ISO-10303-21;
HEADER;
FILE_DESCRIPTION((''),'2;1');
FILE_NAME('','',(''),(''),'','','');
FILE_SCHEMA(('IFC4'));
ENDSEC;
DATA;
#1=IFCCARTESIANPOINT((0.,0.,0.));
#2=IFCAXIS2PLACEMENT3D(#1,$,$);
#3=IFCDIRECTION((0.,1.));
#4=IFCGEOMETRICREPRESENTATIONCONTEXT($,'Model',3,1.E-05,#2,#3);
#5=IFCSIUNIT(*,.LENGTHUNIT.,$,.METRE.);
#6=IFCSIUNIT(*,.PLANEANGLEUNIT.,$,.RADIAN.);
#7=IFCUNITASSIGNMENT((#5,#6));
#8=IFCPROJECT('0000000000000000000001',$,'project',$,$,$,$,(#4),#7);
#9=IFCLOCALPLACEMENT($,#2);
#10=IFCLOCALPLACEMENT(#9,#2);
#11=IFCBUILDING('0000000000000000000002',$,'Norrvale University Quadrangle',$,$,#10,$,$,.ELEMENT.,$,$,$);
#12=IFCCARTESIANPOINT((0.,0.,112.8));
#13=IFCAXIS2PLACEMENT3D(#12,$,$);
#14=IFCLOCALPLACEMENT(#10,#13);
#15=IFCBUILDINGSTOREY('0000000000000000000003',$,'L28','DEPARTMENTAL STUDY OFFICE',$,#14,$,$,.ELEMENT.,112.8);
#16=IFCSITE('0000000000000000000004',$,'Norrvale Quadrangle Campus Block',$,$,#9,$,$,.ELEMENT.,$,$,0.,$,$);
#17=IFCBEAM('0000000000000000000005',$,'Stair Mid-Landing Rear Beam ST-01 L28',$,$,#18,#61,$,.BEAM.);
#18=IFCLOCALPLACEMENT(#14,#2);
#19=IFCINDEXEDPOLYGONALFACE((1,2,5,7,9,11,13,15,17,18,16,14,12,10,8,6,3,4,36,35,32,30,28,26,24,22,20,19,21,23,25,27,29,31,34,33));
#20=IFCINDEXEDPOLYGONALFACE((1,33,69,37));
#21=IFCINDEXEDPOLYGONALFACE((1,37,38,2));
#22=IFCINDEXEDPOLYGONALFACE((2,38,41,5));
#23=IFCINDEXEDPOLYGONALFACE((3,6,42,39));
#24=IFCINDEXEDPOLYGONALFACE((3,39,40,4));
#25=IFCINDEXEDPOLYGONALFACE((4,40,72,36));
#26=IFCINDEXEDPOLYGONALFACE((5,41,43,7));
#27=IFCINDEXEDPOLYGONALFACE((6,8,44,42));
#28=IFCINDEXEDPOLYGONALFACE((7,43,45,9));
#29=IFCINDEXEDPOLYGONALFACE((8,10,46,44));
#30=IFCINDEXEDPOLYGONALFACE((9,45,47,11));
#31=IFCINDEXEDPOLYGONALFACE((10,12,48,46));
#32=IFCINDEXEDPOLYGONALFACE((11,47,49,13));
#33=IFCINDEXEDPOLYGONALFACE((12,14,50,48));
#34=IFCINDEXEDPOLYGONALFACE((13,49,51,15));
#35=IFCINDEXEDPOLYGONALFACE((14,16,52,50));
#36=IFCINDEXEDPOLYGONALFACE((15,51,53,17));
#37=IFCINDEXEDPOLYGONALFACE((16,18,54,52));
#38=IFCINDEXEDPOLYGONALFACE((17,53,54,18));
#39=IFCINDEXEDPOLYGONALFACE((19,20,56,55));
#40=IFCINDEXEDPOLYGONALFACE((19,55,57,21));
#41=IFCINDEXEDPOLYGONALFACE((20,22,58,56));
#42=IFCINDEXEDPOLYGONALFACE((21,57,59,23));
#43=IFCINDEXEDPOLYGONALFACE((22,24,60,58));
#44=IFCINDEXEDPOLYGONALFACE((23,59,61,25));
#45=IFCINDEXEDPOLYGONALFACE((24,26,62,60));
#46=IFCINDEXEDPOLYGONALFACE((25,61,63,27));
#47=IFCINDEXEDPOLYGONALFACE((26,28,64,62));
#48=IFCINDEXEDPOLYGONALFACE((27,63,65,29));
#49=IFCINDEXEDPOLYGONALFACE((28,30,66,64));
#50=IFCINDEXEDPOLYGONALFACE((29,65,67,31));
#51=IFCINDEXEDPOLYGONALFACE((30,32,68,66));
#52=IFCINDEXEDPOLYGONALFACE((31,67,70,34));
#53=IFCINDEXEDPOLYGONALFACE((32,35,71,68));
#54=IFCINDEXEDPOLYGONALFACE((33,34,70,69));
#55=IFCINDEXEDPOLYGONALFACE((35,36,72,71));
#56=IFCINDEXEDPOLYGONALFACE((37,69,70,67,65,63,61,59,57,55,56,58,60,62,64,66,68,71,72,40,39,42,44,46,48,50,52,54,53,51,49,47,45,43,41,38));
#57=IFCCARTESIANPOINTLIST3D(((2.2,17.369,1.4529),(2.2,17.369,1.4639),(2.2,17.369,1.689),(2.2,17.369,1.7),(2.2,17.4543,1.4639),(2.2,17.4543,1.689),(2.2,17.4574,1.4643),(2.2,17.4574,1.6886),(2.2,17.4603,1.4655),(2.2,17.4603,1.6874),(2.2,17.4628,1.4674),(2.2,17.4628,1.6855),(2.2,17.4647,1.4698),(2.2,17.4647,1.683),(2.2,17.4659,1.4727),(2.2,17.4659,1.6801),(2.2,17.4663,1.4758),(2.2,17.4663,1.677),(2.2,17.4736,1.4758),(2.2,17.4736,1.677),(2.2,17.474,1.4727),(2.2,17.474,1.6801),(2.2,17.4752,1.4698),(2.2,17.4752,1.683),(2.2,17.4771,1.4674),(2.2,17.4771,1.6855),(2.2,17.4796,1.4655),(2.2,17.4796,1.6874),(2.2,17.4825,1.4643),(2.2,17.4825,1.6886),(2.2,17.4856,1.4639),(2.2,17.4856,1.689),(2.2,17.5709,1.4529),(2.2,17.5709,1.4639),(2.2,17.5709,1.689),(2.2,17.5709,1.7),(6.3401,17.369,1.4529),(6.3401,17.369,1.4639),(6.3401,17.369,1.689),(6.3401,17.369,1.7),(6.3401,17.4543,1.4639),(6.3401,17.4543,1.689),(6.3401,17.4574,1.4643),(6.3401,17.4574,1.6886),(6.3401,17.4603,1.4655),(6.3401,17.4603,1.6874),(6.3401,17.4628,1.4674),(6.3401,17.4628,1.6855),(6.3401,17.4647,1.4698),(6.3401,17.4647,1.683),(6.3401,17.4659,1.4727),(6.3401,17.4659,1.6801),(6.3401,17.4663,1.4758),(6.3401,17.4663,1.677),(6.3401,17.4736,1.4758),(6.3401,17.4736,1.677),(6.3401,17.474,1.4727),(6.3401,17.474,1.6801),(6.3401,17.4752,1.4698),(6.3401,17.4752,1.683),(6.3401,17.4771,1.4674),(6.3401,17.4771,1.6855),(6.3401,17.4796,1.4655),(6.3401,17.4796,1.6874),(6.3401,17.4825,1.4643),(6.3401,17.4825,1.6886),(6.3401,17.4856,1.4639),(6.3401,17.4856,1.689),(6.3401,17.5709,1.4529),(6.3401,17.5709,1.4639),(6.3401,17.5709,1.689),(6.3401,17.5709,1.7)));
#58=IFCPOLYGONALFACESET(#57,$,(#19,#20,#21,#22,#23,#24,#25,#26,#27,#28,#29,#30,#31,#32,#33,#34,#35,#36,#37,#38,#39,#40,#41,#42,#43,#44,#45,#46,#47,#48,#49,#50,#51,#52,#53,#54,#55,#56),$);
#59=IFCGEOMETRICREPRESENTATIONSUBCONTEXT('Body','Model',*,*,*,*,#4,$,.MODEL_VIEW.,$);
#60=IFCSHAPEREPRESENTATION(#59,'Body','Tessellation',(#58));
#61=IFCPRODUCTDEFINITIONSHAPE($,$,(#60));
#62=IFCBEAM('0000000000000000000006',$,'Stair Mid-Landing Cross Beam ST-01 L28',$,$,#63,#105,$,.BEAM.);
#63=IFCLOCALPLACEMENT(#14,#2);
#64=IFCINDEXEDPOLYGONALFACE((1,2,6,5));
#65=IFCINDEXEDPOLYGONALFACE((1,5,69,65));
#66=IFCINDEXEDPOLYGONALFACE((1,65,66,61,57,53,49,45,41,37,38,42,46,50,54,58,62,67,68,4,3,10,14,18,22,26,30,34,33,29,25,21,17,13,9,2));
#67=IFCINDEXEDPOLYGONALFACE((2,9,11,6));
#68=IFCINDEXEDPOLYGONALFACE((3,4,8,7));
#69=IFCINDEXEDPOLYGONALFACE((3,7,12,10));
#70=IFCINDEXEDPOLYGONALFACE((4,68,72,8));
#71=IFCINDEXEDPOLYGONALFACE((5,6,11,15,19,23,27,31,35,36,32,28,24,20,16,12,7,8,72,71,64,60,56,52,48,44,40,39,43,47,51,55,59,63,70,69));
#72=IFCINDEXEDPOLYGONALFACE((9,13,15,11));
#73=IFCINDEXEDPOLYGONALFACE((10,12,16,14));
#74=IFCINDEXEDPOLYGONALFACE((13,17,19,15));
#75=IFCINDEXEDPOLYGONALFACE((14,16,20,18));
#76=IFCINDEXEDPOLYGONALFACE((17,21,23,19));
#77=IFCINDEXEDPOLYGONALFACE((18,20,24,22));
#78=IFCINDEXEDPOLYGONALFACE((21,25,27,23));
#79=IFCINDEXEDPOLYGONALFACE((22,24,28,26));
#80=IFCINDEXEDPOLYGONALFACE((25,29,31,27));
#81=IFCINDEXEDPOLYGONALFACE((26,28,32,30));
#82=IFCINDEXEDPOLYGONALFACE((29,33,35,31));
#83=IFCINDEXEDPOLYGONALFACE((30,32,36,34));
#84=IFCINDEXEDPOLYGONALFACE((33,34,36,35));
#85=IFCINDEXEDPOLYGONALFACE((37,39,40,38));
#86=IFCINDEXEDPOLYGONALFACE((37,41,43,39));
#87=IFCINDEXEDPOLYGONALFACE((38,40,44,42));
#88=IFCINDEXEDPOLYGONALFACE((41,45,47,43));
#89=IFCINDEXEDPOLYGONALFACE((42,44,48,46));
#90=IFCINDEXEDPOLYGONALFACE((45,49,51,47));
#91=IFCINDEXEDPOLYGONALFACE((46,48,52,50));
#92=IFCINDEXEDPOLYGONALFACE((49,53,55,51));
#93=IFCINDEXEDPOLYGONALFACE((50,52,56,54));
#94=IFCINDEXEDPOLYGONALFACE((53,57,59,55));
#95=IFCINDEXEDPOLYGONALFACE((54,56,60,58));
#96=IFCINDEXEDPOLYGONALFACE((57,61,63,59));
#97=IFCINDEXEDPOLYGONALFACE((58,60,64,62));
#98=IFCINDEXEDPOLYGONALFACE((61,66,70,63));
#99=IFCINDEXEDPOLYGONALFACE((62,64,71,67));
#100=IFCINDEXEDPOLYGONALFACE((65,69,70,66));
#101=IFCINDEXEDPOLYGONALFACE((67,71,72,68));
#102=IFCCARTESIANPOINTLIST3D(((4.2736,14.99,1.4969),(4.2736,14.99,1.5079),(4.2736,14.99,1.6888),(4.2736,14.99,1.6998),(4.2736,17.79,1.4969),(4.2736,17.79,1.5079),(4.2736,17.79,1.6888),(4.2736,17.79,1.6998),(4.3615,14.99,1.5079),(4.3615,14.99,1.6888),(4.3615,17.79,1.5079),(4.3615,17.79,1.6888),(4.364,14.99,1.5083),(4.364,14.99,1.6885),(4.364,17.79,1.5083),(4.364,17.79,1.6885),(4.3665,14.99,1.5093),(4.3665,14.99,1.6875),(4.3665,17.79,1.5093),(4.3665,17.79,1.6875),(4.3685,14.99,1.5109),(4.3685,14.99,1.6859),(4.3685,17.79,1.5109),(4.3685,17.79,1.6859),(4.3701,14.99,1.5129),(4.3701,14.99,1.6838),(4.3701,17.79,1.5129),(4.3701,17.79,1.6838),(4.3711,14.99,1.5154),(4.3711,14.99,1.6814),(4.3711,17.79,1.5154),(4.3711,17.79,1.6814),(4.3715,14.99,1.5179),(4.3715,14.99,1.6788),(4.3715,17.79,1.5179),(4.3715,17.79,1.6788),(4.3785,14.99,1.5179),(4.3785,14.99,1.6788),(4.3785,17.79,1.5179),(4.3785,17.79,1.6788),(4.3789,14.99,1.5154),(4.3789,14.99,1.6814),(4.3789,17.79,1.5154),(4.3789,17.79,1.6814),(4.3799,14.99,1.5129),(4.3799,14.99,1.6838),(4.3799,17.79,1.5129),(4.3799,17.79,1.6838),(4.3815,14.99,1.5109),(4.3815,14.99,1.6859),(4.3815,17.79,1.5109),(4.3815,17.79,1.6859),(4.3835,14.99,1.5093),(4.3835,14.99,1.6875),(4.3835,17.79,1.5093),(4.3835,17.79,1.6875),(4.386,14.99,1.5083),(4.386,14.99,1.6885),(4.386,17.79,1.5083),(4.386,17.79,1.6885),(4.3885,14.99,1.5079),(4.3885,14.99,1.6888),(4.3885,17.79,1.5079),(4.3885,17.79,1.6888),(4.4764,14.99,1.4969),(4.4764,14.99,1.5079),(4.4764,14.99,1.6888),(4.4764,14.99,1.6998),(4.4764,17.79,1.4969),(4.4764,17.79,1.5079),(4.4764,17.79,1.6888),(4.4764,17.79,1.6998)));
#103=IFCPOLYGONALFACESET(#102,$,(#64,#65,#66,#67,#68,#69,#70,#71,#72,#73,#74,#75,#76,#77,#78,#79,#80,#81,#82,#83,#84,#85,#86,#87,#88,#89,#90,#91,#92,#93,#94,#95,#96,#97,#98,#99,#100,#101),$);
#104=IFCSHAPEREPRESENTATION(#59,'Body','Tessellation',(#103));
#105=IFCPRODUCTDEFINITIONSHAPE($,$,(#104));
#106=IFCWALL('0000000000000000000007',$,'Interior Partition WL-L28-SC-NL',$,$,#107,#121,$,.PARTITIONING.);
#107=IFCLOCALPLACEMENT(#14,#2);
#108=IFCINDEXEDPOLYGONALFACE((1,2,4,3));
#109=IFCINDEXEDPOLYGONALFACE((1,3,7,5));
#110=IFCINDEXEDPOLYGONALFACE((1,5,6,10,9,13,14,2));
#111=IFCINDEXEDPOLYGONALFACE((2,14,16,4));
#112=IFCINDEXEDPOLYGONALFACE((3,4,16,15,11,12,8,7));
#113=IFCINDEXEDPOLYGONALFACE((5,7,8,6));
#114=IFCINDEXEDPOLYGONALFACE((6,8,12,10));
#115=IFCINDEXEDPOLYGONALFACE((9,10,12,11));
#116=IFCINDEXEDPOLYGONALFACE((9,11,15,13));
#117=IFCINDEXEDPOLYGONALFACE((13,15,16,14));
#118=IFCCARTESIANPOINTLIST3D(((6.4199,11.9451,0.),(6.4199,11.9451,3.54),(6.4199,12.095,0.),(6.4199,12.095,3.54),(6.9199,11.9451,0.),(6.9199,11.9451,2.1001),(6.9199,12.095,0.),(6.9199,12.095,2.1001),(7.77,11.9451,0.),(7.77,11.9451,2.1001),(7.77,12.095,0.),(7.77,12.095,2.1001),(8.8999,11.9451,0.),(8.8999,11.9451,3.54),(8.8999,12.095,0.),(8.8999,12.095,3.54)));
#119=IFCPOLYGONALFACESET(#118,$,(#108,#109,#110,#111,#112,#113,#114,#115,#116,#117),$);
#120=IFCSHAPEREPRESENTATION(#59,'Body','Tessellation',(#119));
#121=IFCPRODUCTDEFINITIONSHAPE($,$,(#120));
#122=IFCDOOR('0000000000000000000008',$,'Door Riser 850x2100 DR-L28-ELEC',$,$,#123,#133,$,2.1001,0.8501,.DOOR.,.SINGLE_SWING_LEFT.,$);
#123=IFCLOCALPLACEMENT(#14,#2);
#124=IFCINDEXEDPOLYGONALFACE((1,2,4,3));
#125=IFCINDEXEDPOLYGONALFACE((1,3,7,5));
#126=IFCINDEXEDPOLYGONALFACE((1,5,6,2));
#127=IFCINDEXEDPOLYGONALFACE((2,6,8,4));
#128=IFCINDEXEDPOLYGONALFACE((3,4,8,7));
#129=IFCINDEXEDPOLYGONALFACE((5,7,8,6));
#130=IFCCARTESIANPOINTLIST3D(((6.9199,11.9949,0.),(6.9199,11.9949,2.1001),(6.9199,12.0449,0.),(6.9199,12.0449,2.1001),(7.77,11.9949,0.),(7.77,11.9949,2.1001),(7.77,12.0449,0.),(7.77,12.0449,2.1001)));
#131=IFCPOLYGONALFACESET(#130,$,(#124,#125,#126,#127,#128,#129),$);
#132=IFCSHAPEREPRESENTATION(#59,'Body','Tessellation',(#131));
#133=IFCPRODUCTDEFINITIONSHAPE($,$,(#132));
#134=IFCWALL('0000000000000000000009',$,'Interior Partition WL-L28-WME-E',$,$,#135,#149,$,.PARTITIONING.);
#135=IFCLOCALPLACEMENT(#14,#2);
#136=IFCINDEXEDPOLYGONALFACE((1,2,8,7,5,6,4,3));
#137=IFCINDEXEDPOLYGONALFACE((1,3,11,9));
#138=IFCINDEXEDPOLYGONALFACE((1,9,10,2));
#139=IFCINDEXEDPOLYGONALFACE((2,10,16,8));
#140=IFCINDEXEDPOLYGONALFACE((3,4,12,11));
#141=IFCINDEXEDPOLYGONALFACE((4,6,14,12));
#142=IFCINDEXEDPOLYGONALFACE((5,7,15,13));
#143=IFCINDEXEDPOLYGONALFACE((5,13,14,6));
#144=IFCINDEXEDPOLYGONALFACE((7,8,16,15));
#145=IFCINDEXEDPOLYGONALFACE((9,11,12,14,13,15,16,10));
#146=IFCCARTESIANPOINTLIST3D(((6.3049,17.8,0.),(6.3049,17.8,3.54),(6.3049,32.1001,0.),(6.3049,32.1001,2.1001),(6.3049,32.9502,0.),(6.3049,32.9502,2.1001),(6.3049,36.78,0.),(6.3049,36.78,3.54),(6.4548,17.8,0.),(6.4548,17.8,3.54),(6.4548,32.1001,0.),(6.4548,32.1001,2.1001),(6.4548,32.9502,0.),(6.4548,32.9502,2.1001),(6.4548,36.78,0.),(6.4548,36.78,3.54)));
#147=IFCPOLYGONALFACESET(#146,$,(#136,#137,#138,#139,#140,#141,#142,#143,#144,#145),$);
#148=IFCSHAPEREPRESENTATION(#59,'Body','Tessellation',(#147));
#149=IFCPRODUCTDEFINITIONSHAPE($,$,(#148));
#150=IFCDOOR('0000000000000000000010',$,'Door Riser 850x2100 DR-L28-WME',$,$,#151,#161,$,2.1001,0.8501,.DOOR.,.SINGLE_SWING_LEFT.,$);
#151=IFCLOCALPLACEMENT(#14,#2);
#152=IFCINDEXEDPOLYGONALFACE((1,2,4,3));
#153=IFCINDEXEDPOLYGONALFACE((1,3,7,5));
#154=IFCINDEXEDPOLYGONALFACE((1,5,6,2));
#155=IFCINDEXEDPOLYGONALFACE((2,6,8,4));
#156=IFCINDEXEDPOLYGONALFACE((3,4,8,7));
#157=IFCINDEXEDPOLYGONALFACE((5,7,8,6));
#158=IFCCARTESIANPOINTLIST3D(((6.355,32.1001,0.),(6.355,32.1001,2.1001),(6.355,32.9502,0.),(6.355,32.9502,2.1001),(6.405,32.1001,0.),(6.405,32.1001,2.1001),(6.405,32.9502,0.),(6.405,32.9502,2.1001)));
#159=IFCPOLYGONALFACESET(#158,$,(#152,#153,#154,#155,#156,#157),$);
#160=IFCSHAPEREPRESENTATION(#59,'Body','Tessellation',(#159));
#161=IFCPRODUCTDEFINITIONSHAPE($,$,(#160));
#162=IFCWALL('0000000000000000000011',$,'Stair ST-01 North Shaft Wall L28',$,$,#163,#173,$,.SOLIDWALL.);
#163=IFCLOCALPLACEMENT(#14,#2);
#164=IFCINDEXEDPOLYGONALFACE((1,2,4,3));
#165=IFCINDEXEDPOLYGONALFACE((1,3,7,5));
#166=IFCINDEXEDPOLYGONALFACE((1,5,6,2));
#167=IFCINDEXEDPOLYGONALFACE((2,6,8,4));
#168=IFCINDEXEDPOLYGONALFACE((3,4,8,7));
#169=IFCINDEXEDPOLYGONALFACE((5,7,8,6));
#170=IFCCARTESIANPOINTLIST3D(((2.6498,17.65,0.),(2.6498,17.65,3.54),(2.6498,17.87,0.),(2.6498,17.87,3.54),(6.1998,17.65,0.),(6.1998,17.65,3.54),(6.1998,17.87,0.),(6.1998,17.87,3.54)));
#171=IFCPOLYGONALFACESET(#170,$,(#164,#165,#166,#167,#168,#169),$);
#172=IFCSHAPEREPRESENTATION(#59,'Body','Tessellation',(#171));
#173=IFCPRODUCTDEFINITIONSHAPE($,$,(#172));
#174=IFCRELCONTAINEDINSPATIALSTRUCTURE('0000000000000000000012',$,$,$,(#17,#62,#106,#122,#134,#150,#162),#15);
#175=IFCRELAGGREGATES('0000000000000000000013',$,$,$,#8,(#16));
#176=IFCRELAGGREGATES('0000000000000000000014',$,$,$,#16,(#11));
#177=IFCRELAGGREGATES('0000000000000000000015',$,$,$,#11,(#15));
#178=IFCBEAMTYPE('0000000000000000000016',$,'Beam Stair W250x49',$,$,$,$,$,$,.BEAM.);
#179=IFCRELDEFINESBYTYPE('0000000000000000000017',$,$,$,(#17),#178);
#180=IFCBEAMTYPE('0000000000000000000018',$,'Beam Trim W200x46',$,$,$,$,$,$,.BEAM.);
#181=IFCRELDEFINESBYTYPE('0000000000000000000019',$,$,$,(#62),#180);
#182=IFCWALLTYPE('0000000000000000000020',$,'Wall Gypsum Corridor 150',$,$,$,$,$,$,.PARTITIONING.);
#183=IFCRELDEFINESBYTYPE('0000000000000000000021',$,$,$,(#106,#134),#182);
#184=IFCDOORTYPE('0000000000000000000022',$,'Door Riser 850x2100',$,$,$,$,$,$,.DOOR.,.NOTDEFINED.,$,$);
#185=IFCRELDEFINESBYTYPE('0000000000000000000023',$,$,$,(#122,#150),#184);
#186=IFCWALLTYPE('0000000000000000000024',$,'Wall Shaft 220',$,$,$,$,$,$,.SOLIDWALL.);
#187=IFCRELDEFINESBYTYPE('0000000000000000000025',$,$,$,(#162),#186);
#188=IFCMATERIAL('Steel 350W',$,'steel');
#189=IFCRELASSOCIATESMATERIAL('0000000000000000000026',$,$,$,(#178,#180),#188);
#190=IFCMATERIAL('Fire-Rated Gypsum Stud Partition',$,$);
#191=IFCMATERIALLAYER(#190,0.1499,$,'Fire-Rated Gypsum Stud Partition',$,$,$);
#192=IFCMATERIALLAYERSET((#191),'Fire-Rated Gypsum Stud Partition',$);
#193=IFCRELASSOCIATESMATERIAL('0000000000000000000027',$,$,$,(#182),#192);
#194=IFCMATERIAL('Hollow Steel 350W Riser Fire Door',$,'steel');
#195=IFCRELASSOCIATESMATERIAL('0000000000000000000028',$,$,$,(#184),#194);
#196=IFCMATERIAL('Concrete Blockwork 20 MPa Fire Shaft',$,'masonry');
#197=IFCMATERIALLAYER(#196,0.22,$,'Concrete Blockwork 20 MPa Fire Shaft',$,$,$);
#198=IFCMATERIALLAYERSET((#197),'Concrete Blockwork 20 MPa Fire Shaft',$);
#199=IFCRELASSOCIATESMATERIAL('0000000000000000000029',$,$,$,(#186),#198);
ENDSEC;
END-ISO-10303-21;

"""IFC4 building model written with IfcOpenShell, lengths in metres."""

from ifc_helpers import new_model, si_unit, direction, frame, frame_2d, origin, origin_2d, place, context, subcontext, project, spatial, rectangle, i_section, extrude, material, layer, layer_set, material_profile, profile_set, type_object, element, fill, save


model = new_model("IFC4")

# Units and contexts
model_context = context("Model", 3, precision=1e-05, world=origin(), true_north=direction((0.0, 1.0)))
body_context = subcontext(model_context, "Body", "Model", "MODEL_VIEW")
ifc_project = project(units=[si_unit("LENGTHUNIT", "METRE"), si_unit("PLANEANGLEUNIT", "RADIAN")], contexts=[model_context])

# Site, building, storey
site_placement = place(None, origin())
site = spatial("IfcSite", under=ifc_project, at=site_placement, Name="Norrvale Quadrangle Campus Block", CompositionType="ELEMENT", RefElevation=0.0)
building_placement = place(site_placement, origin())
building = spatial("IfcBuilding", under=site, at=building_placement, Name="Norrvale University Quadrangle", CompositionType="ELEMENT")
storey_placement = place(building_placement, frame((0.0, 0.0, 112.8)))
storey = spatial("IfcBuildingStorey", under=building, at=storey_placement, Name="L28", Description="DEPARTMENTAL STUDY OFFICE", CompositionType="ELEMENT", Elevation=112.8)

# Beams
ifc_material_1 = material(Name="Steel 350W", Category="steel")
ifc_material_profile_1 = material_profile(ifc_material_1, i_section(OverallWidth=0.2019, OverallDepth=0.2471, WebThickness=0.0073, FlangeThickness=0.011, FilletRadius=0.012, at=origin_2d()), Name="Steel 350W")
ifc_profile_set_1 = profile_set([ifc_material_profile_1], Name="Steel 350W")
beam_type_1 = type_object("IfcBeamType", Name="Beam Stair W250x49", PredefinedType="BEAM", material=ifc_profile_set_1)
for number, where, z_axis, x_axis, name in (
    (1, (2.2, 17.47, 1.5764), (1.0, 0.0, 0.0), (0.0, 1.0, 0.0), "Stair Mid-Landing Rear Beam ST-01 L28"),
):
    element("IfcBeam", number, at=place(storey_placement, frame(where, z_axis=z_axis, x_axis=x_axis)), inside=storey, type_object=beam_type_1, Name=name, PredefinedType="BEAM", context=body_context, shape_type="SweptSolid", body=[
        extrude(i_section(OverallWidth=0.2019, OverallDepth=0.2471, WebThickness=0.0073, FlangeThickness=0.011, FilletRadius=0.012, at=origin_2d()), origin(), (0.0, 0.0, 1.0), 4.1401),
    ])
ifc_material_profile_2 = material_profile(ifc_material_1, i_section(OverallWidth=0.2029, OverallDepth=0.2029, WebThickness=0.0071, FlangeThickness=0.011, FilletRadius=0.01, at=origin_2d()), Name="Steel 350W")
ifc_profile_set_2 = profile_set([ifc_material_profile_2], Name="Steel 350W")
beam_type_2 = type_object("IfcBeamType", Name="Beam Trim W200x46", PredefinedType="BEAM", material=ifc_profile_set_2)
beam_1_placement = place(storey_placement, frame((4.375, 14.99, 1.5984), z_axis=(0.0, 1.0, 0.0), x_axis=(-1.0, 0.0, 0.0)))
element("IfcBeam", 2, at=beam_1_placement, inside=storey, type_object=beam_type_2, Name="Stair Mid-Landing Cross Beam ST-01 L28", PredefinedType="BEAM", context=body_context, shape_type="SweptSolid", body=[
    extrude(i_section(OverallWidth=0.2029, OverallDepth=0.2029, WebThickness=0.0071, FlangeThickness=0.011, FilletRadius=0.01, at=origin_2d()), origin(), (0.0, 0.0, 1.0), 2.8),
])

# Walls, openings, doors
ifc_material_2 = material(Name="Fire-Rated Gypsum Stud Partition")
ifc_layer_1 = layer(ifc_material_2, 0.1499, Name="Fire-Rated Gypsum Stud Partition")
ifc_layer_set_1 = layer_set([ifc_layer_1], Name="Fire-Rated Gypsum Stud Partition")
wall_type_1 = type_object("IfcWallType", Name="Wall Gypsum Corridor 150", PredefinedType="PARTITIONING", material=ifc_layer_set_1)
wall_1_placement = place(storey_placement, frame((6.4199, 12.02, 0.0), z_axis=(0.0, 0.0, 1.0), x_axis=(1.0, 0.0, 0.0)))
wall_1 = element("IfcWall", 3, at=wall_1_placement, inside=storey, type_object=wall_type_1, Name="Interior Partition WL-L28-SC-NL", PredefinedType="PARTITIONING", context=body_context, shape_type="SweptSolid", body=[
    extrude(rectangle(XDim=2.48, YDim=0.1499, at=frame_2d((1.24, 0.0))), origin(), (0.0, 0.0, 1.0), 3.54),
])
opening_1_placement = place(wall_1_placement, frame((0.5, 0.0, 0.0)))
opening_1 = element("IfcOpeningElement", 4, at=opening_1_placement, cuts=wall_1, PredefinedType="OPENING", context=body_context, shape_type="SweptSolid", body=[
    extrude(rectangle(XDim=0.8501, YDim=2.1001, at=frame_2d((0.425, 1.05))), frame((0.0, 0.0869, 0.0), z_axis=(0.0, -1.0, 0.0), x_axis=(1.0, 0.0, 0.0)), (0.0, 0.0, 1.0), 0.1738),
])
ifc_material_3 = material(Name="Hollow Steel 350W Riser Fire Door", Category="steel")
door_type = type_object("IfcDoorType", Name="Door Riser 850x2100", OperationType="NOTDEFINED", PredefinedType="DOOR", material=ifc_material_3)
door_1_placement = place(opening_1_placement, origin())
door_1 = element("IfcDoor", 5, at=door_1_placement, inside=storey, type_object=door_type, Name="Door Riser 850x2100 DR-L28-ELEC", OperationType="SINGLE_SWING_LEFT", OverallHeight=2.1001, OverallWidth=0.8501, PredefinedType="DOOR", context=body_context, shape_type="SweptSolid", body=[
    extrude(rectangle(XDim=0.8501, YDim=2.1001, at=frame_2d((0.425, 1.05))), frame((0.0, 0.0249, 0.0), z_axis=(0.0, -1.0, 0.0), x_axis=(1.0, 0.0, 0.0)), (0.0, 0.0, 1.0), 0.05),
])
fill(opening_1, door_1)
wall_2_placement = place(storey_placement, frame((6.3799, 17.8, 0.0), z_axis=(0.0, 0.0, 1.0), x_axis=(0.0, 1.0, 0.0)))
wall_2 = element("IfcWall", 6, at=wall_2_placement, inside=storey, type_object=wall_type_1, Name="Interior Partition WL-L28-WME-E", PredefinedType="PARTITIONING", context=body_context, shape_type="SweptSolid", body=[
    extrude(rectangle(XDim=18.98, YDim=0.1499, at=frame_2d((9.49, 0.0))), origin(), (0.0, 0.0, 1.0), 3.54),
])
opening_2_placement = place(wall_2_placement, frame((14.3, 0.0, 0.0)))
opening_2 = element("IfcOpeningElement", 7, at=opening_2_placement, cuts=wall_2, PredefinedType="OPENING", context=body_context, shape_type="SweptSolid", body=[
    extrude(rectangle(XDim=0.8501, YDim=2.1001, at=frame_2d((0.425, 1.05))), frame((0.0, 0.0869, 0.0), z_axis=(0.0, -1.0, 0.0), x_axis=(1.0, 0.0, 0.0)), (0.0, 0.0, 1.0), 0.1738),
])
door_2_placement = place(opening_2_placement, origin())
door_2 = element("IfcDoor", 8, at=door_2_placement, inside=storey, type_object=door_type, Name="Door Riser 850x2100 DR-L28-WME", OperationType="SINGLE_SWING_LEFT", OverallHeight=2.1001, OverallWidth=0.8501, PredefinedType="DOOR", context=body_context, shape_type="SweptSolid", body=[
    extrude(rectangle(XDim=0.8501, YDim=2.1001, at=frame_2d((0.425, 1.05))), frame((0.0, 0.0249, 0.0), z_axis=(0.0, -1.0, 0.0), x_axis=(1.0, 0.0, 0.0)), (0.0, 0.0, 1.0), 0.05),
])
fill(opening_2, door_2)

# Wall
ifc_material_4 = material(Name="Concrete Blockwork 20 MPa Fire Shaft", Category="masonry")
ifc_layer_2 = layer(ifc_material_4, 0.22, Name="Concrete Blockwork 20 MPa Fire Shaft")
ifc_layer_set_2 = layer_set([ifc_layer_2], Name="Concrete Blockwork 20 MPa Fire Shaft")
wall_type_2 = type_object("IfcWallType", Name="Wall Shaft 220", PredefinedType="SOLIDWALL", material=ifc_layer_set_2)
wall_3_placement = place(storey_placement, frame((2.6499, 17.76, 0.0), z_axis=(0.0, 0.0, 1.0), x_axis=(1.0, 0.0, 0.0)))
element("IfcWall", 9, at=wall_3_placement, inside=storey, type_object=wall_type_2, Name="Stair ST-01 North Shaft Wall L28", PredefinedType="SOLIDWALL", context=body_context, shape_type="SweptSolid", body=[
    extrude(rectangle(XDim=3.55, YDim=0.22, at=frame_2d((1.7749, 0.0))), origin(), (0.0, 0.0, 1.0), 3.54),
])

save(model, "model.ifc")
